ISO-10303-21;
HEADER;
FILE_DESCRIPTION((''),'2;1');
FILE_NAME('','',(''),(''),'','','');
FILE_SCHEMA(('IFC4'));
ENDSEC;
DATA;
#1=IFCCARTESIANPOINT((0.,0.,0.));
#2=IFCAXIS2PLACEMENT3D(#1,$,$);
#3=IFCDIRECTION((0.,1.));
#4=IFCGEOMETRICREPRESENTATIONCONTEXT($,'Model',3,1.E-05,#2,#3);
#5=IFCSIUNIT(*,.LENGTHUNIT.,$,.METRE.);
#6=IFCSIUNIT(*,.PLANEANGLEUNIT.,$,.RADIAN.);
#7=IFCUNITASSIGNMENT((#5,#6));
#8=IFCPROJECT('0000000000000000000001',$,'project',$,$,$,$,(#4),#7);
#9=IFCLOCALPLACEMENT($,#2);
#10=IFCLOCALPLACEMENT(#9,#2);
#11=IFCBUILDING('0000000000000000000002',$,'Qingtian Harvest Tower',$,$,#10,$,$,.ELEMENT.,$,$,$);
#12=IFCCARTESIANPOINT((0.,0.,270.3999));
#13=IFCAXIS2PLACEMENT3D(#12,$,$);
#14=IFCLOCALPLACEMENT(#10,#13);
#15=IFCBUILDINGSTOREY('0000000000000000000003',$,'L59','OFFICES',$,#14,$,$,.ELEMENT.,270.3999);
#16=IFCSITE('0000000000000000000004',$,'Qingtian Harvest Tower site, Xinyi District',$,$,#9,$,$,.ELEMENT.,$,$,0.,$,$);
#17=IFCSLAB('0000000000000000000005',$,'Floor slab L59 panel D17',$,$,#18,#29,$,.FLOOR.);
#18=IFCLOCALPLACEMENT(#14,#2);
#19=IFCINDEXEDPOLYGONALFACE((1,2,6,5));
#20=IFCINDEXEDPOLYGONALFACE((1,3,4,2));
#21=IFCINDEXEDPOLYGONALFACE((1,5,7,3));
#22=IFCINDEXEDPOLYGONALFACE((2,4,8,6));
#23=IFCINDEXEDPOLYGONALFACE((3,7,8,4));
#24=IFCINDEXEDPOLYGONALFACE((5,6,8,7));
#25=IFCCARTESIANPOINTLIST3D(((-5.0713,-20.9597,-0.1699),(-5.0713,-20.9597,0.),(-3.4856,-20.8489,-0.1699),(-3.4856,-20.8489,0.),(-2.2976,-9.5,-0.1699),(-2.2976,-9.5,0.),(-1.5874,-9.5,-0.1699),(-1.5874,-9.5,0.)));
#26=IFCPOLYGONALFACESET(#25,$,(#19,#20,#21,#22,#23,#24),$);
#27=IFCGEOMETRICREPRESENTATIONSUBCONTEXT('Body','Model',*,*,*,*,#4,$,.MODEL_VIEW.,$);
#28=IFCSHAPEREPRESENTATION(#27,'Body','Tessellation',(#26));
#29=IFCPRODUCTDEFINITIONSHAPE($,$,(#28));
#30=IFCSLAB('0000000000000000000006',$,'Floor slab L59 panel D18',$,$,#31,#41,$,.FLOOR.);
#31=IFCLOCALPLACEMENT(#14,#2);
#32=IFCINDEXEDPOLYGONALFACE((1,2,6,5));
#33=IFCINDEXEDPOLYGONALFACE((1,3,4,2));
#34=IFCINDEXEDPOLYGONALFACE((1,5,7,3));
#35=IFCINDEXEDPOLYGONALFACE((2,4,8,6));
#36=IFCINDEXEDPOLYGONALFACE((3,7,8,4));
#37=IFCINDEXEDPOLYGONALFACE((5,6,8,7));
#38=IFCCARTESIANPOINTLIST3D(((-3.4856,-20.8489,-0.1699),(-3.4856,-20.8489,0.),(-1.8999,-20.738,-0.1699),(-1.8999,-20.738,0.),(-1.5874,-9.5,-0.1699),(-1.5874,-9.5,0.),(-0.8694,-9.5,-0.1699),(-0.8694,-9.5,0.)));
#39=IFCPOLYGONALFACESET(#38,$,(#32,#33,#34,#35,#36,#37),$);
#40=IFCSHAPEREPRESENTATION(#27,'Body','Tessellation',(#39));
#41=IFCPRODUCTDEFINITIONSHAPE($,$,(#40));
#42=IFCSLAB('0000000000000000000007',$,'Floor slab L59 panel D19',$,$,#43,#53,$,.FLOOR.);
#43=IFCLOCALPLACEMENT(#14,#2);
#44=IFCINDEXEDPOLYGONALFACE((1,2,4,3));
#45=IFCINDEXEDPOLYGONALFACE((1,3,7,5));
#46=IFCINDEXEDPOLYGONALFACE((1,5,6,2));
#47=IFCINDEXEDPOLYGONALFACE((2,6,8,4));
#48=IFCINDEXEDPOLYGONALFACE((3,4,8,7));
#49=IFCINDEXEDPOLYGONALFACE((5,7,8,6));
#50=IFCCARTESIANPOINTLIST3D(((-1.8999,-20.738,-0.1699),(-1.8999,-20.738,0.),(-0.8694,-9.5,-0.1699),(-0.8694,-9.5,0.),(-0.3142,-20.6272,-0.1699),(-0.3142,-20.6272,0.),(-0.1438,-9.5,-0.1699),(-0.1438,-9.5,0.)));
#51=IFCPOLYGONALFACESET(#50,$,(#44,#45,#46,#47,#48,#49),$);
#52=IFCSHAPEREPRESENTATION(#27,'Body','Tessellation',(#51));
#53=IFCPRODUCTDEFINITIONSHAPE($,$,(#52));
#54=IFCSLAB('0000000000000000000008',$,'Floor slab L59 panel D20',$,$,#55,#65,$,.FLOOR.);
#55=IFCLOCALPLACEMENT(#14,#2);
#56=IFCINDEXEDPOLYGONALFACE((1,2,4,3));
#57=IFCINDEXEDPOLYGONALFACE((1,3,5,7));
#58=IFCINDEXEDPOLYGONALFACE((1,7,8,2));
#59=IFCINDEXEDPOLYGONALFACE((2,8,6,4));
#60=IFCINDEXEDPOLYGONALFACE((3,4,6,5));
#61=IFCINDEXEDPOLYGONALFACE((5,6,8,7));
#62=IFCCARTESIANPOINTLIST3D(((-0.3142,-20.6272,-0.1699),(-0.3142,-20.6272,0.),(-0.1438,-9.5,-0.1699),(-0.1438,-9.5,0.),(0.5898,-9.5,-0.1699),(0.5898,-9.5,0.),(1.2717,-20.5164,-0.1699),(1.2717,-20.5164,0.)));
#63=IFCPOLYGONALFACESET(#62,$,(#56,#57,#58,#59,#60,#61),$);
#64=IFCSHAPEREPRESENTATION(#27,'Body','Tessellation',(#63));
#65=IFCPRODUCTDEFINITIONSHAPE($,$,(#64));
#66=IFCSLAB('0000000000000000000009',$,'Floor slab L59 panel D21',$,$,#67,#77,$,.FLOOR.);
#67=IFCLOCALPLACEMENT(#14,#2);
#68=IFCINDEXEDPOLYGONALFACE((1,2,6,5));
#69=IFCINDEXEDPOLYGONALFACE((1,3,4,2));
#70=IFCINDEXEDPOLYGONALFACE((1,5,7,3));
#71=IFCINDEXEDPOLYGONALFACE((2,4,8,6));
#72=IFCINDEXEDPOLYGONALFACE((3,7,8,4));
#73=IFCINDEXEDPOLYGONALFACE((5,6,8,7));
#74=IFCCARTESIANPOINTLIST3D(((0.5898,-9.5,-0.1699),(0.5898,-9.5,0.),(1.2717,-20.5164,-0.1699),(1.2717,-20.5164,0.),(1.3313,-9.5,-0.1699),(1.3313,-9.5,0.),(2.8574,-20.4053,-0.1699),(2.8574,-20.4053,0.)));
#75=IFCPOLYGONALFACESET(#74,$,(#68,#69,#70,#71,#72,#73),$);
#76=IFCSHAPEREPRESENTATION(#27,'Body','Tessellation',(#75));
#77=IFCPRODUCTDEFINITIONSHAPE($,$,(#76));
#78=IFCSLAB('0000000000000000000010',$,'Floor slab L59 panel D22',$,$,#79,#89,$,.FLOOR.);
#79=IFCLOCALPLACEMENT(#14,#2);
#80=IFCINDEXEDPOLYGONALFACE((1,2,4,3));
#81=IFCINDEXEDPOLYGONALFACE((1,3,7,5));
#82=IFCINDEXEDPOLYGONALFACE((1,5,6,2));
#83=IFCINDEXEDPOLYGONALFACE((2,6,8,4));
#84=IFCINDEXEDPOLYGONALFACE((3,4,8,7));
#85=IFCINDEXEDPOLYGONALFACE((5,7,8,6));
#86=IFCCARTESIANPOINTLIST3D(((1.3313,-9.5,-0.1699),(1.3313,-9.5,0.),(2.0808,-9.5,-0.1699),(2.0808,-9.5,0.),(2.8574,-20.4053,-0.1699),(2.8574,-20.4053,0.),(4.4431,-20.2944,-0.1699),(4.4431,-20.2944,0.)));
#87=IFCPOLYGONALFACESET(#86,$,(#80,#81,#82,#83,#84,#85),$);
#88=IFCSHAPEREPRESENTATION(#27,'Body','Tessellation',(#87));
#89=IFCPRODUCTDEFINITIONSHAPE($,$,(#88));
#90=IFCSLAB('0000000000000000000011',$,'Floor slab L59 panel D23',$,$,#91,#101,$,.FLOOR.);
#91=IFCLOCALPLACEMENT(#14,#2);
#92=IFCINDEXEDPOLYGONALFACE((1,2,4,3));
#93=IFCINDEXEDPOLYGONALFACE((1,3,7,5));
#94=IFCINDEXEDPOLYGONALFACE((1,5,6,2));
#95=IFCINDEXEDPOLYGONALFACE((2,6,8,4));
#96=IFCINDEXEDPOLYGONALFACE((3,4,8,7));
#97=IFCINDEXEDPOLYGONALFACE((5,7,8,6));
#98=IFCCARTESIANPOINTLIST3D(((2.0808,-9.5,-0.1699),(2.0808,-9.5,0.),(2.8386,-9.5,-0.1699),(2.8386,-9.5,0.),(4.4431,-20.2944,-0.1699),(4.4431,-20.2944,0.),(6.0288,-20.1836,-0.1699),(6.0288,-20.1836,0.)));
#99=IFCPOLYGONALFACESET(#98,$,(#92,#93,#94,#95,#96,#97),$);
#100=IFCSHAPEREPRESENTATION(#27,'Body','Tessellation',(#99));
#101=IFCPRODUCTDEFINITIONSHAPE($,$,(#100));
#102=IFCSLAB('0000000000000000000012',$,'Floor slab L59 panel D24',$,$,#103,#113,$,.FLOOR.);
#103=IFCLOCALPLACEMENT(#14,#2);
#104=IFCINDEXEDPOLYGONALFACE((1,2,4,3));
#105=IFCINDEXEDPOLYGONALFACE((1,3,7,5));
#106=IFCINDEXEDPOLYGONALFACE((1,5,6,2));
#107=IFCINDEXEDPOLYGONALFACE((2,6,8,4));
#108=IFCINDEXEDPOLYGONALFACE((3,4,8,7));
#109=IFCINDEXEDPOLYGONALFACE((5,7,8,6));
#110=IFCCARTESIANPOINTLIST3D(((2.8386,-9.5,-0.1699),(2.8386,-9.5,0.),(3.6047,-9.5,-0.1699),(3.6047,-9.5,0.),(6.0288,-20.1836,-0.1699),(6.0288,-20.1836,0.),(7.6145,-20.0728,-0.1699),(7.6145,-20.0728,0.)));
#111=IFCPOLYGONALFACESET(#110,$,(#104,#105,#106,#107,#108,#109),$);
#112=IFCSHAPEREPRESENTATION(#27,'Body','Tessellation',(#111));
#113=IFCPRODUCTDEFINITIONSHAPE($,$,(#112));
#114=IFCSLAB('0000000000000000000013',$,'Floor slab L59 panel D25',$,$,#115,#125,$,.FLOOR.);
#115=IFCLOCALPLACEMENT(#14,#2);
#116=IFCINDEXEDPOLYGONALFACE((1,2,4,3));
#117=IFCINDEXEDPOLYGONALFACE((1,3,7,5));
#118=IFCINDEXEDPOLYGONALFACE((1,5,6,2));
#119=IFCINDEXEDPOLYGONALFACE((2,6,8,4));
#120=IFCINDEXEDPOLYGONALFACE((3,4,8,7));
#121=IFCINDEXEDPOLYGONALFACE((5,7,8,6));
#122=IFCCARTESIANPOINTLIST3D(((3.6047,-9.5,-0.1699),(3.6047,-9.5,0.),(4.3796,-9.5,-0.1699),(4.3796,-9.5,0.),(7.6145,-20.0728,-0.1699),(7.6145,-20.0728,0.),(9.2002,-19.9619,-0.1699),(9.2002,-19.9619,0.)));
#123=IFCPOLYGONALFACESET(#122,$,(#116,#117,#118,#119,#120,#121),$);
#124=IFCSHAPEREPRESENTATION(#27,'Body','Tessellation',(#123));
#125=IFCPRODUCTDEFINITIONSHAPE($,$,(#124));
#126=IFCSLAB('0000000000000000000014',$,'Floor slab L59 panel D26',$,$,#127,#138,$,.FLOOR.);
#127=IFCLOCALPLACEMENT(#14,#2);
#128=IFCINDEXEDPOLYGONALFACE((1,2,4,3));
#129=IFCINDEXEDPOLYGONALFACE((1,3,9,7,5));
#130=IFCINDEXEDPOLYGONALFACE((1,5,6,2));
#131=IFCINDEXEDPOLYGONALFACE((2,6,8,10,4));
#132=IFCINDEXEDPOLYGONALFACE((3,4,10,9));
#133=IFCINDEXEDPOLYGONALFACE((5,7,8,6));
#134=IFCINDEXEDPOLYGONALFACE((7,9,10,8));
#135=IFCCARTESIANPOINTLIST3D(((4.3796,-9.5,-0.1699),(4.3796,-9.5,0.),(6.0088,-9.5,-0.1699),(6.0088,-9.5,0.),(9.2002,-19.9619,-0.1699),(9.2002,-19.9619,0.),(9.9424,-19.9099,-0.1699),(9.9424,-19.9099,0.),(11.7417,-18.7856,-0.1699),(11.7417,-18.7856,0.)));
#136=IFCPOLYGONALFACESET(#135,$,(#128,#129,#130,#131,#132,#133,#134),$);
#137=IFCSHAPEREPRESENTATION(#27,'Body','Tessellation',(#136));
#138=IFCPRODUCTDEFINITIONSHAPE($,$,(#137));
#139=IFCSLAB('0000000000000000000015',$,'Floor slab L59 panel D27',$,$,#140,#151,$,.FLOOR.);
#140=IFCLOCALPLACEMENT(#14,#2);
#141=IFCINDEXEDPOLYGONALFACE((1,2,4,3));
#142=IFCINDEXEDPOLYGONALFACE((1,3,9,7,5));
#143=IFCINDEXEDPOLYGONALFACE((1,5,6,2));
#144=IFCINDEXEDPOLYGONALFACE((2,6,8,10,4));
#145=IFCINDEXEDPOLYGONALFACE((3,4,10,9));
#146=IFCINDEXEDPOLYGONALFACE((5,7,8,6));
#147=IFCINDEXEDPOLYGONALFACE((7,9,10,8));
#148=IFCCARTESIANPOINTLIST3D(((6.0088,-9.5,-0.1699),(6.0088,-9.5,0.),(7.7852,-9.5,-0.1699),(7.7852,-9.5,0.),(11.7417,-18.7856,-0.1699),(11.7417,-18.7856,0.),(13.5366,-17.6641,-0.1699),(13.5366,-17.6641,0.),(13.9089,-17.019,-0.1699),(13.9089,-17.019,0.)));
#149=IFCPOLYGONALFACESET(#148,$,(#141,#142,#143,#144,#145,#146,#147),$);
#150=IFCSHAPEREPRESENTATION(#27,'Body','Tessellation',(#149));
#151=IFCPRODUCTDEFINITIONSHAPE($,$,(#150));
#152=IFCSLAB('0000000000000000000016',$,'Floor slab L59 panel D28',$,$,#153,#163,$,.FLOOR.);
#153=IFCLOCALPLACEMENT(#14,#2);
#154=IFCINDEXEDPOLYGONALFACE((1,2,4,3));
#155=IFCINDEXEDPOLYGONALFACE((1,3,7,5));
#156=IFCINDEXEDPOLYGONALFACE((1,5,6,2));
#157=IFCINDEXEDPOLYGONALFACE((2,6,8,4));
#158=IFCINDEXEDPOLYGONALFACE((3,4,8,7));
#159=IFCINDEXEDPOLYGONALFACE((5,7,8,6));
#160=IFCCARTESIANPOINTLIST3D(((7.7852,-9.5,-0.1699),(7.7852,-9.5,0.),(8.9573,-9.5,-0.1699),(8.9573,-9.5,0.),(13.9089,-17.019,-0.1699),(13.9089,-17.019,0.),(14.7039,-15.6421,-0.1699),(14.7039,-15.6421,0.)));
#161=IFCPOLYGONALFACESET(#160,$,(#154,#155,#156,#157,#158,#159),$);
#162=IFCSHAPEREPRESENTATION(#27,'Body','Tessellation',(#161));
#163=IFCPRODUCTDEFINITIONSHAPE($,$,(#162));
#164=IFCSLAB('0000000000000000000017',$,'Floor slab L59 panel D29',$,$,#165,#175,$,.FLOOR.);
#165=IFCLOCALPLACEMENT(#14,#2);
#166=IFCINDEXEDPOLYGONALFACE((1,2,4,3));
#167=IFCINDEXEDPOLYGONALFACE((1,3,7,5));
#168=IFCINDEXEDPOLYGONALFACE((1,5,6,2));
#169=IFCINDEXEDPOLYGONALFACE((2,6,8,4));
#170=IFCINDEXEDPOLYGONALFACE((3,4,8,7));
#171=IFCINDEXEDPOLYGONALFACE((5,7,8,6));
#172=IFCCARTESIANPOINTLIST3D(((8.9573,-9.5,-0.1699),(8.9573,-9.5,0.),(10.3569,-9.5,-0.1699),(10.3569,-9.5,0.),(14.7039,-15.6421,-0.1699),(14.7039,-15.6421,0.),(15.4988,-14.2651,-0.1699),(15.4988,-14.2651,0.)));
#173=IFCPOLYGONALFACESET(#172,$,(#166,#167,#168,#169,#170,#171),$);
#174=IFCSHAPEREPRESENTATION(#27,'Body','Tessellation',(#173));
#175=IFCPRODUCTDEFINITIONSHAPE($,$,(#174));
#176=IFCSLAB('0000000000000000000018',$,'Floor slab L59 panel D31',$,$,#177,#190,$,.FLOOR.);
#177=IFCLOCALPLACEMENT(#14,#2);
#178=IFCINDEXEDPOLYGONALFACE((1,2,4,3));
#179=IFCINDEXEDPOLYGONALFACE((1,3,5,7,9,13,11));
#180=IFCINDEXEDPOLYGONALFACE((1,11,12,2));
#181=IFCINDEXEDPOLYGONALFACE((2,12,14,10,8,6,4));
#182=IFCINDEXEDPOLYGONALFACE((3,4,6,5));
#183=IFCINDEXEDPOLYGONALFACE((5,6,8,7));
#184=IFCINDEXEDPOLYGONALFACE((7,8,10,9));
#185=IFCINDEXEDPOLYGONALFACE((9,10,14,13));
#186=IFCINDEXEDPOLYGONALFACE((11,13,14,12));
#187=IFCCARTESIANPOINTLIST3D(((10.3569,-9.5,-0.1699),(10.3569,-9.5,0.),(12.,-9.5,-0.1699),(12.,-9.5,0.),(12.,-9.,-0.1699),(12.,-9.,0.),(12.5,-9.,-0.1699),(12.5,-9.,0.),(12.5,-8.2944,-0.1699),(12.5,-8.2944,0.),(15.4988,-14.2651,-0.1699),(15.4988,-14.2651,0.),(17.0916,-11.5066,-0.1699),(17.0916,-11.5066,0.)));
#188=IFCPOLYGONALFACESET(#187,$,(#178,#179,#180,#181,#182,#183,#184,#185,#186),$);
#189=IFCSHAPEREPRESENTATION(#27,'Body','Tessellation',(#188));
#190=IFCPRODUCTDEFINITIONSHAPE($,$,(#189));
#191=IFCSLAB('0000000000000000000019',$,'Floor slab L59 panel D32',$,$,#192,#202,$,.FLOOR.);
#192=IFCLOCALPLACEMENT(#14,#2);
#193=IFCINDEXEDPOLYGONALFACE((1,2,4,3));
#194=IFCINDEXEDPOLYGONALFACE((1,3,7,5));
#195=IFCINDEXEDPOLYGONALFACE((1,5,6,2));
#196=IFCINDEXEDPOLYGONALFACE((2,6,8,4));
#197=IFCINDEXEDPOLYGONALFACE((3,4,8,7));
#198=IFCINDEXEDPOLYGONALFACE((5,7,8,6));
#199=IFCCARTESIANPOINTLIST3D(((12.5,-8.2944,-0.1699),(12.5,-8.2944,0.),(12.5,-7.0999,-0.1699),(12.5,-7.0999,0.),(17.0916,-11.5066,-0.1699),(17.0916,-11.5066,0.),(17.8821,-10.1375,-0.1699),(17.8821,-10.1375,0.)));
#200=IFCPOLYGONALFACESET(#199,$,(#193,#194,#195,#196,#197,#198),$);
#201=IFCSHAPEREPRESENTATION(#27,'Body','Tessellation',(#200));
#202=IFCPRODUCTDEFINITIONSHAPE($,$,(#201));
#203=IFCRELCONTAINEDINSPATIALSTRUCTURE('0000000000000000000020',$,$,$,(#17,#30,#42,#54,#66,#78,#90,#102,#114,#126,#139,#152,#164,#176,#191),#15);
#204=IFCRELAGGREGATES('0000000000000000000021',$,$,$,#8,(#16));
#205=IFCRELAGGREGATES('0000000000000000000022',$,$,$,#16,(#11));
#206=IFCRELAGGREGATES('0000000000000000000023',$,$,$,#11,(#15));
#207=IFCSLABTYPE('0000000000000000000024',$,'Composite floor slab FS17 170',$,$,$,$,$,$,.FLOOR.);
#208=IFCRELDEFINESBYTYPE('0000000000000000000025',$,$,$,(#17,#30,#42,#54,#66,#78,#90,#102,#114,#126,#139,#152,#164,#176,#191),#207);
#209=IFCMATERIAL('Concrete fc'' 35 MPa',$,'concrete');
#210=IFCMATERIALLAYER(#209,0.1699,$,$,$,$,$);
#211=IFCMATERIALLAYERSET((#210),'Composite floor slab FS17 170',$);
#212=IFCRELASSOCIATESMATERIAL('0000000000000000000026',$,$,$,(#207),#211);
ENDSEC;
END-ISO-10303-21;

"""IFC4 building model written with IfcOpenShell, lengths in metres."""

from ifc_helpers import new_model, si_unit, direction, frame, origin, place, context, subcontext, project, spatial, polyline, outline, extrude, material, layer, layer_set, type_object, element, save


model = new_model("IFC4")

# Units and contexts
model_context = context("Model", 3, precision=1e-05, world=origin(), true_north=direction((0.0, 1.0)))
body_context = subcontext(model_context, "Body", "Model", "MODEL_VIEW")
ifc_project = project(units=[si_unit("LENGTHUNIT", "METRE"), si_unit("PLANEANGLEUNIT", "RADIAN")], contexts=[model_context])

# Site, building, storey
site_placement = place(None, origin())
site = spatial("IfcSite", under=ifc_project, at=site_placement, Name="Qingtian Harvest Tower site, Xinyi District", CompositionType="ELEMENT", RefElevation=0.0)
building_placement = place(site_placement, origin())
building = spatial("IfcBuilding", under=site, at=building_placement, Name="Qingtian Harvest Tower", CompositionType="ELEMENT")
storey_placement = place(building_placement, frame((0.0, 0.0, 270.3999)))
storey = spatial("IfcBuildingStorey", under=building, at=storey_placement, Name="L59", Description="OFFICES", CompositionType="ELEMENT", Elevation=270.3999)

# Slabs
ifc_material = material(Name="Concrete fc' 35 MPa", Category="concrete")
ifc_layer = layer(ifc_material, 0.1699)
ifc_layer_set = layer_set([ifc_layer], Name="Composite floor slab FS17 170")
slab_type = type_object("IfcSlabType", Name="Composite floor slab FS17 170", PredefinedType="FLOOR", material=ifc_layer_set)
slab_1_placement = place(storey_placement, frame((0.0, 0.0, -0.1699)))
element("IfcSlab", 1, at=slab_1_placement, inside=storey, type_object=slab_type, Name="Floor slab L59 panel D17", PredefinedType="FLOOR", context=body_context, shape_type="SweptSolid", body=[
    extrude(outline(polyline([(-1.5874, -9.5), (-3.4856, -20.8489), (-5.0713, -20.9597), (-2.2976, -9.5), (-1.5874, -9.5)])), origin(), (0.0, 0.0, 1.0), 0.1699),
])
slab_2_placement = place(storey_placement, frame((0.0, 0.0, -0.1699)))
element("IfcSlab", 2, at=slab_2_placement, inside=storey, type_object=slab_type, Name="Floor slab L59 panel D18", PredefinedType="FLOOR", context=body_context, shape_type="SweptSolid", body=[
    extrude(outline(polyline([(-0.8694, -9.5), (-1.8999, -20.738), (-3.4856, -20.8489), (-1.5874, -9.5), (-0.8694, -9.5)])), origin(), (0.0, 0.0, 1.0), 0.1699),
])
slab_3_placement = place(storey_placement, frame((0.0, 0.0, -0.1699)))
element("IfcSlab", 3, at=slab_3_placement, inside=storey, type_object=slab_type, Name="Floor slab L59 panel D19", PredefinedType="FLOOR", context=body_context, shape_type="SweptSolid", body=[
    extrude(outline(polyline([(-0.1438, -9.5), (-0.3142, -20.6272), (-1.8999, -20.738), (-0.8694, -9.5), (-0.1438, -9.5)])), origin(), (0.0, 0.0, 1.0), 0.1699),
])
slab_4_placement = place(storey_placement, frame((0.0, 0.0, -0.1699)))
element("IfcSlab", 4, at=slab_4_placement, inside=storey, type_object=slab_type, Name="Floor slab L59 panel D20", PredefinedType="FLOOR", context=body_context, shape_type="SweptSolid", body=[
    extrude(outline(polyline([(0.5898, -9.5), (1.2717, -20.5164), (-0.3142, -20.6272), (-0.1438, -9.5), (0.5898, -9.5)])), origin(), (0.0, 0.0, 1.0), 0.1699),
])
slab_5_placement = place(storey_placement, frame((0.0, 0.0, -0.1699)))
element("IfcSlab", 5, at=slab_5_placement, inside=storey, type_object=slab_type, Name="Floor slab L59 panel D21", PredefinedType="FLOOR", context=body_context, shape_type="SweptSolid", body=[
    extrude(outline(polyline([(1.3313, -9.5), (2.8574, -20.4053), (1.2717, -20.5164), (0.5898, -9.5), (1.3313, -9.5)])), origin(), (0.0, 0.0, 1.0), 0.1699),
])
slab_6_placement = place(storey_placement, frame((0.0, 0.0, -0.1699)))
element("IfcSlab", 6, at=slab_6_placement, inside=storey, type_object=slab_type, Name="Floor slab L59 panel D22", PredefinedType="FLOOR", context=body_context, shape_type="SweptSolid", body=[
    extrude(outline(polyline([(2.0808, -9.5), (4.4431, -20.2944), (2.8574, -20.4053), (1.3313, -9.5), (2.0808, -9.5)])), origin(), (0.0, 0.0, 1.0), 0.1699),
])
slab_7_placement = place(storey_placement, frame((0.0, 0.0, -0.1699)))
element("IfcSlab", 7, at=slab_7_placement, inside=storey, type_object=slab_type, Name="Floor slab L59 panel D23", PredefinedType="FLOOR", context=body_context, shape_type="SweptSolid", body=[
    extrude(outline(polyline([(2.8386, -9.5), (6.0288, -20.1836), (4.4431, -20.2944), (2.0808, -9.5), (2.8386, -9.5)])), origin(), (0.0, 0.0, 1.0), 0.1699),
])
slab_8_placement = place(storey_placement, frame((0.0, 0.0, -0.1699)))
element("IfcSlab", 8, at=slab_8_placement, inside=storey, type_object=slab_type, Name="Floor slab L59 panel D24", PredefinedType="FLOOR", context=body_context, shape_type="SweptSolid", body=[
    extrude(outline(polyline([(3.6047, -9.5), (7.6145, -20.0728), (6.0288, -20.1836), (2.8386, -9.5), (3.6047, -9.5)])), origin(), (0.0, 0.0, 1.0), 0.1699),
])
slab_9_placement = place(storey_placement, frame((0.0, 0.0, -0.1699)))
element("IfcSlab", 9, at=slab_9_placement, inside=storey, type_object=slab_type, Name="Floor slab L59 panel D25", PredefinedType="FLOOR", context=body_context, shape_type="SweptSolid", body=[
    extrude(outline(polyline([(4.3796, -9.5), (9.2002, -19.9619), (7.6145, -20.0728), (3.6047, -9.5), (4.3796, -9.5)])), origin(), (0.0, 0.0, 1.0), 0.1699),
])
slab_10_placement = place(storey_placement, frame((0.0, 0.0, -0.1699)))
element("IfcSlab", 10, at=slab_10_placement, inside=storey, type_object=slab_type, Name="Floor slab L59 panel D26", PredefinedType="FLOOR", context=body_context, shape_type="SweptSolid", body=[
    extrude(outline(polyline([(4.3796, -9.5), (6.0088, -9.5), (11.7417, -18.7856), (9.9424, -19.9099), (9.2002, -19.9619), (4.3796, -9.5)])), origin(), (0.0, 0.0, 1.0), 0.1699),
])
slab_11_placement = place(storey_placement, frame((0.0, 0.0, -0.1699)))
element("IfcSlab", 11, at=slab_11_placement, inside=storey, type_object=slab_type, Name="Floor slab L59 panel D27", PredefinedType="FLOOR", context=body_context, shape_type="SweptSolid", body=[
    extrude(outline(polyline([(6.0088, -9.5), (7.7852, -9.5), (13.9089, -17.019), (13.5366, -17.6641), (11.7417, -18.7856), (6.0088, -9.5)])), origin(), (0.0, 0.0, 1.0), 0.1699),
])
slab_12_placement = place(storey_placement, frame((0.0, 0.0, -0.1699)))
element("IfcSlab", 12, at=slab_12_placement, inside=storey, type_object=slab_type, Name="Floor slab L59 panel D28", PredefinedType="FLOOR", context=body_context, shape_type="SweptSolid", body=[
    extrude(outline(polyline([(8.9573, -9.5), (14.7039, -15.6421), (13.9089, -17.019), (7.7852, -9.5), (8.9573, -9.5)])), origin(), (0.0, 0.0, 1.0), 0.1699),
])
slab_13_placement = place(storey_placement, frame((0.0, 0.0, -0.1699)))
element("IfcSlab", 13, at=slab_13_placement, inside=storey, type_object=slab_type, Name="Floor slab L59 panel D29", PredefinedType="FLOOR", context=body_context, shape_type="SweptSolid", body=[
    extrude(outline(polyline([(10.3569, -9.5), (15.4988, -14.2651), (14.7039, -15.6421), (8.9573, -9.5), (10.3569, -9.5)])), origin(), (0.0, 0.0, 1.0), 0.1699),
])
slab_14_placement = place(storey_placement, frame((0.0, 0.0, -0.1699)))
element("IfcSlab", 14, at=slab_14_placement, inside=storey, type_object=slab_type, Name="Floor slab L59 panel D31", PredefinedType="FLOOR", context=body_context, shape_type="SweptSolid", body=[
    extrude(outline(polyline([(12.5, -8.2944), (17.0916, -11.5066), (15.4988, -14.2651), (10.3569, -9.5), (12.0, -9.5), (12.0, -9.0), (12.5, -9.0), (12.5, -8.2944)])), origin(), (0.0, 0.0, 1.0), 0.1699),
])
slab_15_placement = place(storey_placement, frame((0.0, 0.0, -0.1699)))
element("IfcSlab", 15, at=slab_15_placement, inside=storey, type_object=slab_type, Name="Floor slab L59 panel D32", PredefinedType="FLOOR", context=body_context, shape_type="SweptSolid", body=[
    extrude(outline(polyline([(12.5, -7.0999), (17.8821, -10.1375), (17.0916, -11.5066), (12.5, -8.2944), (12.5, -7.0999)])), origin(), (0.0, 0.0, 1.0), 0.1699),
])

save(model, "model.ifc")
